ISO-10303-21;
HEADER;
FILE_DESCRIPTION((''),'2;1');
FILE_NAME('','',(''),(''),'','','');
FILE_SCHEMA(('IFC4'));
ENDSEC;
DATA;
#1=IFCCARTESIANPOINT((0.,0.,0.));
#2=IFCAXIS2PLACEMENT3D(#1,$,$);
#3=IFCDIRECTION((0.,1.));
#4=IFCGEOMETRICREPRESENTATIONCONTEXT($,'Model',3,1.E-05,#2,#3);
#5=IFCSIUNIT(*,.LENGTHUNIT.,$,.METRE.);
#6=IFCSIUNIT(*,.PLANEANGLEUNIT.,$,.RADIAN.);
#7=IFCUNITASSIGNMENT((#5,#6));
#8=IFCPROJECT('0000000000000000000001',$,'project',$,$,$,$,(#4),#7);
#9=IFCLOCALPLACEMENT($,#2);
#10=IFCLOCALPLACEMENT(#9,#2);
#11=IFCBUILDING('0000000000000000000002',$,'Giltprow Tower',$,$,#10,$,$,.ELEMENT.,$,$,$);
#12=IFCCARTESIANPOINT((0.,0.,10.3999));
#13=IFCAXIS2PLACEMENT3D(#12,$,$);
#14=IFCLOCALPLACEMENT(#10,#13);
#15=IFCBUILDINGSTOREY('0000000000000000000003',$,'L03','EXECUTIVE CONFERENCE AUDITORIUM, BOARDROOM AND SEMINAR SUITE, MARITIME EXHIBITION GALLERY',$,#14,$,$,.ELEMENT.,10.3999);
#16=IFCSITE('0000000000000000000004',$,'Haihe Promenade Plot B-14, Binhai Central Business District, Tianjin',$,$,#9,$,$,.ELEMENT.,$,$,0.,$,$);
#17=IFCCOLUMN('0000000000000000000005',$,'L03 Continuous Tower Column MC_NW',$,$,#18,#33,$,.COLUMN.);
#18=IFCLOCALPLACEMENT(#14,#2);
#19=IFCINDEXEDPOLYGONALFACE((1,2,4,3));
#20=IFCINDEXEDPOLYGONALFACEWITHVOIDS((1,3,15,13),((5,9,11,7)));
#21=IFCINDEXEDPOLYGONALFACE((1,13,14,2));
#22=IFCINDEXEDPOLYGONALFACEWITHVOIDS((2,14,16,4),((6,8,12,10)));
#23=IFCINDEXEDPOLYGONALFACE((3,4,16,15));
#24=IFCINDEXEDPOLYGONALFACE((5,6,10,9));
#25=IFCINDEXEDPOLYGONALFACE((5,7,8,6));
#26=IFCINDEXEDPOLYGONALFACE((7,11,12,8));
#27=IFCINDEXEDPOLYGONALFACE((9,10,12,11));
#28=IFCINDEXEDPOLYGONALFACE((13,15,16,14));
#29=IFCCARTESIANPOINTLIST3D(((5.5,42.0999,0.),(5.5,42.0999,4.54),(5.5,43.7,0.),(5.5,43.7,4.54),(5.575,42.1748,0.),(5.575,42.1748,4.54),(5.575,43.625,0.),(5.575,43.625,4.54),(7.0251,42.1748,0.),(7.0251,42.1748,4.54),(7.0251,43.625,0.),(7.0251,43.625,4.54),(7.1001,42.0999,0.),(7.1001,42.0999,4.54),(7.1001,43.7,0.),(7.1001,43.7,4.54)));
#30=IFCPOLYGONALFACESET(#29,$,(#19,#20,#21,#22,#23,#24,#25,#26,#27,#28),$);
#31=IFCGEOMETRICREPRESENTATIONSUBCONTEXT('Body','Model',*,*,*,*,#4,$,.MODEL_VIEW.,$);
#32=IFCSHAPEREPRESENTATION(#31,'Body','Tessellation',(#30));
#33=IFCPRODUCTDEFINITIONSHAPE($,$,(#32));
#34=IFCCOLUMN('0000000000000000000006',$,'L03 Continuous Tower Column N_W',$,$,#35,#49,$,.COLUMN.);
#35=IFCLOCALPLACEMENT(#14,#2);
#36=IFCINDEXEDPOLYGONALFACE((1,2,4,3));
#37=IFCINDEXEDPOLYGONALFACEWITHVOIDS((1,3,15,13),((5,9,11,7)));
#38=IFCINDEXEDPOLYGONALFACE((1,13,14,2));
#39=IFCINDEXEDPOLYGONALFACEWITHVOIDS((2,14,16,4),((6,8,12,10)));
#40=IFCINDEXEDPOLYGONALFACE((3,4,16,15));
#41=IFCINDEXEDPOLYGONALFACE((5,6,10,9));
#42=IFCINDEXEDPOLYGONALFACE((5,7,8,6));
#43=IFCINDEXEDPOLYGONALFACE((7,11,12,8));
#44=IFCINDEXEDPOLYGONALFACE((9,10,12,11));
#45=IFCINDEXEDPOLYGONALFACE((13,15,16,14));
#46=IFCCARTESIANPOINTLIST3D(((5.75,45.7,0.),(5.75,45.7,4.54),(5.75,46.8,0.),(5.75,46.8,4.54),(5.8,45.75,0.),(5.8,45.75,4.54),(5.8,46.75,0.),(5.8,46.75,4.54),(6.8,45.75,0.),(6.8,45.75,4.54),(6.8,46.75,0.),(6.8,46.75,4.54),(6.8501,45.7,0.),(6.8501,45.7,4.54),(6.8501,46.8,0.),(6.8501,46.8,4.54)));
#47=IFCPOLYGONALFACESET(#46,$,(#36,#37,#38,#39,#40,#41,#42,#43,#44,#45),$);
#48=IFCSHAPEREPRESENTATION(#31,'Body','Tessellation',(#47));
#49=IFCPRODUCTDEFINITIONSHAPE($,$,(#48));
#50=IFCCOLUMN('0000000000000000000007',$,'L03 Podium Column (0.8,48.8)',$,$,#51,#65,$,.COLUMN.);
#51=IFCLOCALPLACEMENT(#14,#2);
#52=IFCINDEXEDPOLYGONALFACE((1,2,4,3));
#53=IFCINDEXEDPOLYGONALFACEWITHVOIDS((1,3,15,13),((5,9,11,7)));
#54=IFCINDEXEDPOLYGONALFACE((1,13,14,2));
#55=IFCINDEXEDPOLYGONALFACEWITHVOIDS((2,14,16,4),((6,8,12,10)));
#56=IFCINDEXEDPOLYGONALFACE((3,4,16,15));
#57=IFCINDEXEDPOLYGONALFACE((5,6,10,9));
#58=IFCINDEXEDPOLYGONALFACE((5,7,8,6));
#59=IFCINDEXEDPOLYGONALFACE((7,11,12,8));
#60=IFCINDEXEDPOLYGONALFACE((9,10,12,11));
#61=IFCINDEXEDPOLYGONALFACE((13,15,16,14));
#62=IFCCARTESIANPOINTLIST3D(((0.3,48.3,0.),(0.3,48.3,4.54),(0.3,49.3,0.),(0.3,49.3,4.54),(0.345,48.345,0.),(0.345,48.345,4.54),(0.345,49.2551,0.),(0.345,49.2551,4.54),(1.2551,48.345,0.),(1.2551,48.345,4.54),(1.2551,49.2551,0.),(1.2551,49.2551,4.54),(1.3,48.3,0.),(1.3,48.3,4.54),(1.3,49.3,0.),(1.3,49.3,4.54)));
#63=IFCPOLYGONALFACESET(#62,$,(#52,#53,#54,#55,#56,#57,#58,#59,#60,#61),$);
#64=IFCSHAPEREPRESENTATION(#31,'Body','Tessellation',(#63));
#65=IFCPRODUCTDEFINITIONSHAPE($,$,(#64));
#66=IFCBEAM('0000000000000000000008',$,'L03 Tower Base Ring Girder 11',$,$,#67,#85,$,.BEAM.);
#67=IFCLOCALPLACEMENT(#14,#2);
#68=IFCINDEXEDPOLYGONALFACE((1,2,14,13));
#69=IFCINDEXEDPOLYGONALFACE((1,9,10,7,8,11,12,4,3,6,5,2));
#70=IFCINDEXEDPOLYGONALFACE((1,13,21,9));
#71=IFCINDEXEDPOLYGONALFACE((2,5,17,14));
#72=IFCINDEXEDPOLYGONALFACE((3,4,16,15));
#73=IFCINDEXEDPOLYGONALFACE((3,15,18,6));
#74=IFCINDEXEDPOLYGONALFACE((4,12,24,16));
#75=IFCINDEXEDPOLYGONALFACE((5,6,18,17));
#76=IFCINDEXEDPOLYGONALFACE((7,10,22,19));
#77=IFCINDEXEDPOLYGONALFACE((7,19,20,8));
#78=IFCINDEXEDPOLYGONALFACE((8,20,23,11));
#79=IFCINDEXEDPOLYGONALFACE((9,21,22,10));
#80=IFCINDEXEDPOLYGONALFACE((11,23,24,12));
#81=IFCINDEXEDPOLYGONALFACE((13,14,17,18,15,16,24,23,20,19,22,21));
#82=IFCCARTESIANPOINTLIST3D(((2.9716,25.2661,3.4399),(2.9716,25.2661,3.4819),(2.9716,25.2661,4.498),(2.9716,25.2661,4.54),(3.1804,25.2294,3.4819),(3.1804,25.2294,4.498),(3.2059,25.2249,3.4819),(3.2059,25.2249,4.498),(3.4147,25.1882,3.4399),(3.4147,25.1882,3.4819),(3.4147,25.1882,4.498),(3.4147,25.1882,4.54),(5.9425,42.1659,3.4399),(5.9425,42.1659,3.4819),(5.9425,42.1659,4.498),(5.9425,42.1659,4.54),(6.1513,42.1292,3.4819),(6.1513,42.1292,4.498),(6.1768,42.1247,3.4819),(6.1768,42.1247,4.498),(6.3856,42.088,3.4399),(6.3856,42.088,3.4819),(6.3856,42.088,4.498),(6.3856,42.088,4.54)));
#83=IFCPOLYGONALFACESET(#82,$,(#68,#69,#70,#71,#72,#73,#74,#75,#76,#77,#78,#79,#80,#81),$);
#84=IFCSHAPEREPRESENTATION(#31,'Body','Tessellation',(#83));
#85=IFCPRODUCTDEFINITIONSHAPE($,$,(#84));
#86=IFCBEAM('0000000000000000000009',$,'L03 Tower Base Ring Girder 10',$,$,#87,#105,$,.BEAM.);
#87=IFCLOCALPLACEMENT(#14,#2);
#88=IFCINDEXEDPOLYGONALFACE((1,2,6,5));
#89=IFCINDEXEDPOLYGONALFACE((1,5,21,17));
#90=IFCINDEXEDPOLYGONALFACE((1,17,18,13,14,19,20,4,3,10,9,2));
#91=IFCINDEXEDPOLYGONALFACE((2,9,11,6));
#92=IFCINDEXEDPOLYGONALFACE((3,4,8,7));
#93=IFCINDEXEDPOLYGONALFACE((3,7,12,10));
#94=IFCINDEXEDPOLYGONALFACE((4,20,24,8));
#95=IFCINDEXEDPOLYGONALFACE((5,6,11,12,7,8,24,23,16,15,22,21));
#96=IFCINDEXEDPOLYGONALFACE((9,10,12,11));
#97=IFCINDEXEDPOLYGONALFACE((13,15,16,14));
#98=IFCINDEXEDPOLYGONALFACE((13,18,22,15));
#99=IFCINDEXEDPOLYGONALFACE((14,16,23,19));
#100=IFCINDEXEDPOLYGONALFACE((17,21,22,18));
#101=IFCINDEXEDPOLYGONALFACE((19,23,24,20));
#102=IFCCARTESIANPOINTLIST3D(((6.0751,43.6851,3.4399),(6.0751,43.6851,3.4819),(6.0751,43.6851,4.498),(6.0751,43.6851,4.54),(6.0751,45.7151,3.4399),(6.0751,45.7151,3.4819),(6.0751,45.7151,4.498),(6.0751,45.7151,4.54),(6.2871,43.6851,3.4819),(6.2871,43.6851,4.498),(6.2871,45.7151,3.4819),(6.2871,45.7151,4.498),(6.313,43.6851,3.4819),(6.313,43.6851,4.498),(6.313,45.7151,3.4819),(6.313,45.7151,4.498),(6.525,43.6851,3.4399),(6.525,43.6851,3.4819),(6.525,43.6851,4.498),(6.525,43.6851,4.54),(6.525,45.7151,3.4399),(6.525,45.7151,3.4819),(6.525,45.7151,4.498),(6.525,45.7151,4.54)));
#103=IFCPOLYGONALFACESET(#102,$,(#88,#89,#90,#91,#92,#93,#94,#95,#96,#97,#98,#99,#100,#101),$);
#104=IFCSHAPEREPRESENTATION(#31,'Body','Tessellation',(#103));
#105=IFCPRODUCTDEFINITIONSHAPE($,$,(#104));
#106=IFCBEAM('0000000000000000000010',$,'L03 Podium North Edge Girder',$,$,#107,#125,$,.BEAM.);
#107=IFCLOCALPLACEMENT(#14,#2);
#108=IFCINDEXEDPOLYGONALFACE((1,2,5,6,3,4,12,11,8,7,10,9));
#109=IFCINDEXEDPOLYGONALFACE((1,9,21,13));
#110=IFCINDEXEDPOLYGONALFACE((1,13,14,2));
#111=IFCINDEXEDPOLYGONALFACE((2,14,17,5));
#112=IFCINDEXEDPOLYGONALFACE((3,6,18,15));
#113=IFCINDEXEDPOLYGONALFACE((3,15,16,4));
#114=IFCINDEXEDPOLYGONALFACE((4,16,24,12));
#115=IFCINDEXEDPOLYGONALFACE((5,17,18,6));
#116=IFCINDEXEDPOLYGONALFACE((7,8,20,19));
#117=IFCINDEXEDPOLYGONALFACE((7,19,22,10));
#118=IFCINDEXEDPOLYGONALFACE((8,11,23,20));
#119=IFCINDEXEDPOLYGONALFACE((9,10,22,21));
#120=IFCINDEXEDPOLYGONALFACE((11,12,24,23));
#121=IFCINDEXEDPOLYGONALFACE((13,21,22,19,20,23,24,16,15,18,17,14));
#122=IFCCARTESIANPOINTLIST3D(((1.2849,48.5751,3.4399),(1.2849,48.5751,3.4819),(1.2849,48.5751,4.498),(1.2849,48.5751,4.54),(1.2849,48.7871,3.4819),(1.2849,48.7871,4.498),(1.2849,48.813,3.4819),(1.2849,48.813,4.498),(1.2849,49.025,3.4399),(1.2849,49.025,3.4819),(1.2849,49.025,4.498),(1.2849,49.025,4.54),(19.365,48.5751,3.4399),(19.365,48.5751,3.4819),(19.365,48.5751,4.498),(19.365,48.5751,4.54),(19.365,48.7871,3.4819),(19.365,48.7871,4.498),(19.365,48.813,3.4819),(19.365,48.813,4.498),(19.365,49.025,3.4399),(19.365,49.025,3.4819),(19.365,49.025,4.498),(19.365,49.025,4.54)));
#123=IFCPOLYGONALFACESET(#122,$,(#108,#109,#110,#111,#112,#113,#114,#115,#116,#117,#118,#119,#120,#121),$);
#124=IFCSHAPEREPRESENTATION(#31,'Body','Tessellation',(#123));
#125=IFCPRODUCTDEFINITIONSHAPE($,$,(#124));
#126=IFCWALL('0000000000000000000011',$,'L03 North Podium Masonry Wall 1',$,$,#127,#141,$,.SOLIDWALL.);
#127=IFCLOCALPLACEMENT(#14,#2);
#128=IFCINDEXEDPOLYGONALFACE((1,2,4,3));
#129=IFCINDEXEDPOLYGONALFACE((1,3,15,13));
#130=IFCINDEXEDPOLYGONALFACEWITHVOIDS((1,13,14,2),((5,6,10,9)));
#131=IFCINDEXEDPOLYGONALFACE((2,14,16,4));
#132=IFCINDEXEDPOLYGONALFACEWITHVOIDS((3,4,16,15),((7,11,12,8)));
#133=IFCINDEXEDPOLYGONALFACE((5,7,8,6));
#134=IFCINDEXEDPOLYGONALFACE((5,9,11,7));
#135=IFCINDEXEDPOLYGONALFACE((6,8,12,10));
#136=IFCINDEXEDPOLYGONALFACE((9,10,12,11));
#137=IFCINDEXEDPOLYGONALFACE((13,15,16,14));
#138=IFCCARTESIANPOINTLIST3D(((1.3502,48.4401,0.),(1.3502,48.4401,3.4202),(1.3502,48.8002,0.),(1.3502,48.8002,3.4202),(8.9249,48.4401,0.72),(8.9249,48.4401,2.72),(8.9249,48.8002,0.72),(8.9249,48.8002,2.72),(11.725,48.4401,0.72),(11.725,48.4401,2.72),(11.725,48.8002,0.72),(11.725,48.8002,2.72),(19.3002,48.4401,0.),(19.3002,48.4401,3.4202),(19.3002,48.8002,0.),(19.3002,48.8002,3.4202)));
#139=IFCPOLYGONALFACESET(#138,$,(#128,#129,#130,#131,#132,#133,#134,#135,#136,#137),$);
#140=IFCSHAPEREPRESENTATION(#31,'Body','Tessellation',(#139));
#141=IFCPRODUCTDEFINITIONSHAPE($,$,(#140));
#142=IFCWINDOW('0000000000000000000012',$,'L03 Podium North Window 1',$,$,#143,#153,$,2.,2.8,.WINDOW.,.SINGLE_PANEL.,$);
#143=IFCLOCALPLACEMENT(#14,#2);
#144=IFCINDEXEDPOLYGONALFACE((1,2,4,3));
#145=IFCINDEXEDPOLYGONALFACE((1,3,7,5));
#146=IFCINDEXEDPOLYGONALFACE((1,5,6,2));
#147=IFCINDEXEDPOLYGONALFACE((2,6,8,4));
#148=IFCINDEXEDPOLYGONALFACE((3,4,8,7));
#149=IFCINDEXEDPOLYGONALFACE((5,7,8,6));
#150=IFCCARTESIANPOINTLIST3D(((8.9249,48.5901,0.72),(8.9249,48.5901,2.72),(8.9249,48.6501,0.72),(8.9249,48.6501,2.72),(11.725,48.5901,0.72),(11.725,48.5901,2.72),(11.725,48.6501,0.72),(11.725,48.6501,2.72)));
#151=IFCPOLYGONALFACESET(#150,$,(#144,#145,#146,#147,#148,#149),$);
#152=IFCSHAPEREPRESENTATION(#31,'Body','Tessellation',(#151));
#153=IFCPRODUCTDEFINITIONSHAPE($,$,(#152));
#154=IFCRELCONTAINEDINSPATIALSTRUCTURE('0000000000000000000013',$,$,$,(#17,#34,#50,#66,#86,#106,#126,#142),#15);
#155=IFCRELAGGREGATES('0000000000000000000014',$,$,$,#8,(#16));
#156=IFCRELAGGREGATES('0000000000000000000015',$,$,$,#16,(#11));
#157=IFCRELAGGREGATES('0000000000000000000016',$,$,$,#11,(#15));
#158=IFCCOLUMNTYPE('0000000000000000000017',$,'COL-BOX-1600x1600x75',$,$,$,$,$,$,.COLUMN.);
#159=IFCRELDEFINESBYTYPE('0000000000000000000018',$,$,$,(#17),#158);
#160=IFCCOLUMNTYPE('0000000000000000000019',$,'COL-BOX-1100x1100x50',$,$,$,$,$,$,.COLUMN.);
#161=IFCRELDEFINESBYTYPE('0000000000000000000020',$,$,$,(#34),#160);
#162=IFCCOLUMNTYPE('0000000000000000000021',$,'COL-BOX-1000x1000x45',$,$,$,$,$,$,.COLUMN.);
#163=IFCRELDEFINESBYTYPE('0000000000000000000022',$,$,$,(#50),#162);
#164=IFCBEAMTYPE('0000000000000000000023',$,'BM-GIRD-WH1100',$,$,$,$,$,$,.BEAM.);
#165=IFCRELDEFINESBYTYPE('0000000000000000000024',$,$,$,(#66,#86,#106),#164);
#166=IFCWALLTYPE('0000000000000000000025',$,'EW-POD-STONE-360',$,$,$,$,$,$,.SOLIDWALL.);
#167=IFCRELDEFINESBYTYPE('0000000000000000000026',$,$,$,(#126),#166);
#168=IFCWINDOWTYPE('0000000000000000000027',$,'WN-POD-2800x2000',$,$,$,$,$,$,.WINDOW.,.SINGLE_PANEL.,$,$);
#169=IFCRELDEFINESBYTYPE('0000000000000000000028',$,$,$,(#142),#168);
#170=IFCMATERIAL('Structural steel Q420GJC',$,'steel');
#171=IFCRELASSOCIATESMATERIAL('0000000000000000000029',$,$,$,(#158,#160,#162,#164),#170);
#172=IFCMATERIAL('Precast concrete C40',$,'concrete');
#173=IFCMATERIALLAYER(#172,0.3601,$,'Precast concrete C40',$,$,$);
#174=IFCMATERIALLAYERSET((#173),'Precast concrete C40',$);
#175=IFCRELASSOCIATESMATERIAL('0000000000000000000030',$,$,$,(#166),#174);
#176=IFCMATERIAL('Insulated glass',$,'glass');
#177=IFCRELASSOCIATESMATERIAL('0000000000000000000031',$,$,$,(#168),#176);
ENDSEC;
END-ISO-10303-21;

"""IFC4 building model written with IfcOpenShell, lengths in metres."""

from ifc_helpers import new_model, si_unit, direction, frame, frame_2d, origin, origin_2d, place, context, subcontext, project, spatial, rectangle, hollow_rectangle, i_section, extrude, source, transform, mapped, material, layer, layer_set, material_profile, profile_set, type_object, element, fill, save


model = new_model("IFC4")

# Units and contexts
model_context = context("Model", 3, precision=1e-05, world=origin(), true_north=direction((0.0, 1.0)))
body_context = subcontext(model_context, "Body", "Model", "MODEL_VIEW")
ifc_project = project(units=[si_unit("LENGTHUNIT", "METRE"), si_unit("PLANEANGLEUNIT", "RADIAN")], contexts=[model_context])

# Site, building, storey
site_placement = place(None, origin())
site = spatial("IfcSite", under=ifc_project, at=site_placement, Name="Haihe Promenade Plot B-14, Binhai Central Business District, Tianjin", CompositionType="ELEMENT", RefElevation=0.0)
building_placement = place(site_placement, origin())
building = spatial("IfcBuilding", under=site, at=building_placement, Name="Giltprow Tower", CompositionType="ELEMENT")
storey_placement = place(building_placement, frame((0.0, 0.0, 10.3999)))
storey = spatial("IfcBuildingStorey", under=building, at=storey_placement, Name="L03", Description="EXECUTIVE CONFERENCE AUDITORIUM, BOARDROOM AND SEMINAR SUITE, MARITIME EXHIBITION GALLERY", CompositionType="ELEMENT", Elevation=10.3999)

# Columns
ifc_material_1 = material(Name="Structural steel Q420GJC", Category="steel")
ifc_material_profile_1 = material_profile(ifc_material_1, hollow_rectangle(XDim=1.6001, YDim=1.6001, WallThickness=0.075, at=origin_2d()), Name="BOX 1600x1600x75")
ifc_profile_set_1 = profile_set([ifc_material_profile_1], Name="Structural steel Q420GJC")
column_type_1 = type_object("IfcColumnType", Name="COL-BOX-1600x1600x75", PredefinedType="COLUMN", material=ifc_profile_set_1)
shared_shape_1 = source(origin(), body_context, "Body", "SweptSolid", [
    extrude(hollow_rectangle(XDim=1.6001, YDim=1.6001, WallThickness=0.075, at=origin_2d()), origin(), (0.0, 0.0, 1.0), 4.54),
])
column_1_placement = place(storey_placement, frame((6.3, 42.8999, 0.0), z_axis=(0.0, 0.0, 1.0), x_axis=(1.0, 0.0, 0.0)))
element("IfcColumn", 1, at=column_1_placement, inside=storey, type_object=column_type_1, Name="L03 Continuous Tower Column MC_NW", PredefinedType="COLUMN", context=body_context, shape_type="MappedRepresentation", body=[
    mapped(shared_shape_1, transform((0.0, 0.0, 0.0), x_axis=(1.0, 0.0, 0.0), y_axis=(0.0, 1.0, 0.0), z_axis=(0.0, 0.0, 1.0), scale=1.0)),
])
ifc_material_profile_2 = material_profile(ifc_material_1, hollow_rectangle(XDim=1.1001, YDim=1.1001, WallThickness=0.05, at=origin_2d()), Name="BOX 1100x1100x50")
ifc_profile_set_2 = profile_set([ifc_material_profile_2], Name="Structural steel Q420GJC")
column_type_2 = type_object("IfcColumnType", Name="COL-BOX-1100x1100x50", PredefinedType="COLUMN", material=ifc_profile_set_2)
shared_shape_2 = source(origin(), body_context, "Body", "SweptSolid", [
    extrude(hollow_rectangle(XDim=1.1001, YDim=1.1001, WallThickness=0.05, at=origin_2d()), origin(), (0.0, 0.0, 1.0), 4.54),
])
column_2_placement = place(storey_placement, frame((6.3, 46.25, 0.0), z_axis=(0.0, 0.0, 1.0), x_axis=(1.0, 0.0, 0.0)))
element("IfcColumn", 2, at=column_2_placement, inside=storey, type_object=column_type_2, Name="L03 Continuous Tower Column N_W", PredefinedType="COLUMN", context=body_context, shape_type="MappedRepresentation", body=[
    mapped(shared_shape_2, transform((0.0, 0.0, 0.0), x_axis=(1.0, 0.0, 0.0), y_axis=(0.0, 1.0, 0.0), z_axis=(0.0, 0.0, 1.0), scale=1.0)),
])
ifc_material_profile_3 = material_profile(ifc_material_1, hollow_rectangle(XDim=1.0, YDim=1.0, WallThickness=0.0449, at=origin_2d()), Name="BOX 1000x1000x45")
ifc_profile_set_3 = profile_set([ifc_material_profile_3], Name="Structural steel Q420GJC")
column_type_3 = type_object("IfcColumnType", Name="COL-BOX-1000x1000x45", PredefinedType="COLUMN", material=ifc_profile_set_3)
shared_shape_3 = source(origin(), body_context, "Body", "SweptSolid", [
    extrude(hollow_rectangle(XDim=1.0, YDim=1.0, WallThickness=0.0449, at=origin_2d()), origin(), (0.0, 0.0, 1.0), 4.54),
])
column_3_placement = place(storey_placement, frame((0.8, 48.8, 0.0), z_axis=(0.0, 0.0, 1.0), x_axis=(1.0, 0.0, 0.0)))
element("IfcColumn", 3, at=column_3_placement, inside=storey, type_object=column_type_3, Name="L03 Podium Column (0.8,48.8)", PredefinedType="COLUMN", context=body_context, shape_type="MappedRepresentation", body=[
    mapped(shared_shape_3, transform((0.0, 0.0, 0.0), x_axis=(1.0, 0.0, 0.0), y_axis=(0.0, 1.0, 0.0), z_axis=(0.0, 0.0, 1.0), scale=1.0)),
])

# Beams
ifc_material_profile_4 = material_profile(ifc_material_1, i_section(OverallWidth=0.45, OverallDepth=1.1001, WebThickness=0.0259, FlangeThickness=0.042, at=origin_2d()), Name="WH 1100x450x26x42")
ifc_profile_set_4 = profile_set([ifc_material_profile_4], Name="Structural steel Q420GJC")
beam_type = type_object("IfcBeamType", Name="BM-GIRD-WH1100", PredefinedType="BEAM", material=ifc_profile_set_4)
shared_shape_4 = source(origin(), body_context, "Body", "SweptSolid", [
    extrude(i_section(OverallWidth=0.45, OverallDepth=1.1001, WebThickness=0.0259, FlangeThickness=0.042, at=origin_2d()), origin(), (0.0, 0.0, 1.0), 17.1589),
])
beam_1_placement = place(storey_placement, frame((6.1641, 42.127, 3.99), z_axis=(-0.173142, -0.984897, 0.0), x_axis=(0.984897, -0.173142, 0.0)))
element("IfcBeam", 4, at=beam_1_placement, inside=storey, type_object=beam_type, Name="L03 Tower Base Ring Girder 11", PredefinedType="BEAM", context=body_context, shape_type="MappedRepresentation", body=[
    mapped(shared_shape_4, transform((0.0, 0.0, 0.0), x_axis=(1.0, 0.0, 0.0), y_axis=(0.0, 1.0, 0.0), z_axis=(0.0, 0.0, 1.0), scale=1.0)),
])
shared_shape_5 = source(origin(), body_context, "Body", "SweptSolid", [
    extrude(i_section(OverallWidth=0.45, OverallDepth=1.1001, WebThickness=0.0259, FlangeThickness=0.042, at=origin_2d()), origin(), (0.0, 0.0, 1.0), 2.03),
])
beam_2_placement = place(storey_placement, frame((6.3, 45.7151, 3.99), z_axis=(0.0, -1.0, 0.0), x_axis=(1.0, 0.0, 0.0)))
element("IfcBeam", 5, at=beam_2_placement, inside=storey, type_object=beam_type, Name="L03 Tower Base Ring Girder 10", PredefinedType="BEAM", context=body_context, shape_type="MappedRepresentation", body=[
    mapped(shared_shape_5, transform((0.0, 0.0, 0.0), x_axis=(1.0, 0.0, 0.0), y_axis=(0.0, 1.0, 0.0), z_axis=(0.0, 0.0, 1.0), scale=1.0)),
])
shared_shape_6 = source(origin(), body_context, "Body", "SweptSolid", [
    extrude(i_section(OverallWidth=0.45, OverallDepth=1.1001, WebThickness=0.0259, FlangeThickness=0.042, at=origin_2d()), origin(), (0.0, 0.0, 1.0), 18.0801),
])
beam_3_placement = place(storey_placement, frame((1.2849, 48.8, 3.99), z_axis=(1.0, 0.0, 0.0), x_axis=(0.0, 1.0, 0.0)))
element("IfcBeam", 6, at=beam_3_placement, inside=storey, type_object=beam_type, Name="L03 Podium North Edge Girder", PredefinedType="BEAM", context=body_context, shape_type="MappedRepresentation", body=[
    mapped(shared_shape_6, transform((0.0, 0.0, 0.0), x_axis=(1.0, 0.0, 0.0), y_axis=(0.0, 1.0, 0.0), z_axis=(0.0, 0.0, 1.0), scale=1.0)),
])

# Wall, opening, window
ifc_material_2 = material(Name="Precast concrete C40", Category="concrete")
ifc_layer_1 = layer(ifc_material_2, 0.3601, Name="Precast concrete C40")
ifc_layer_set_1 = layer_set([ifc_layer_1], Name="Precast concrete C40")
wall_type_1 = type_object("IfcWallType", Name="EW-POD-STONE-360", PredefinedType="SOLIDWALL", material=ifc_layer_set_1)
wall_1_placement = place(storey_placement, frame((1.3501, 48.6201, 0.0), z_axis=(0.0, 0.0, 1.0), x_axis=(1.0, 0.0, 0.0)))
wall_1 = element("IfcWall", 7, at=wall_1_placement, inside=storey, type_object=wall_type_1, Name="L03 North Podium Masonry Wall 1", PredefinedType="SOLIDWALL", context=body_context, shape_type="SweptSolid", body=[
    extrude(rectangle(XDim=17.95, YDim=0.3601, at=frame_2d((8.9751, 0.0))), origin(), (0.0, 0.0, 1.0), 3.4202),
])
opening_1_placement = place(wall_1_placement, frame((7.575, 0.0, 0.72)))
opening_1 = element("IfcOpeningElement", 8, at=opening_1_placement, cuts=wall_1, PredefinedType="OPENING", context=body_context, shape_type="SweptSolid", body=[
    extrude(rectangle(XDim=2.8, YDim=2.0, at=frame_2d((1.3999, 1.0))), frame((0.0, 0.1899, 0.0), z_axis=(0.0, -1.0, 0.0), x_axis=(1.0, 0.0, 0.0)), (0.0, 0.0, 1.0), 0.3801),
])
ifc_material_3 = material(Name="Insulated glass", Category="glass")
window_type = type_object("IfcWindowType", Name="WN-POD-2800x2000", PartitioningType="SINGLE_PANEL", PredefinedType="WINDOW", material=ifc_material_3)
shared_shape_7 = source(origin(), body_context, "Body", "SweptSolid", [
    extrude(rectangle(XDim=2.8, YDim=2.0, at=frame_2d((1.3999, 1.0))), frame((0.0, 0.03, 0.0), z_axis=(0.0, -1.0, 0.0), x_axis=(1.0, 0.0, 0.0)), (0.0, 0.0, 1.0), 0.0601),
])
window_placement = place(opening_1_placement, origin())
window = element("IfcWindow", 9, at=window_placement, inside=storey, type_object=window_type, Name="L03 Podium North Window 1", OverallHeight=2.0, OverallWidth=2.8, PartitioningType="SINGLE_PANEL", PredefinedType="WINDOW", context=body_context, shape_type="MappedRepresentation", body=[
    mapped(shared_shape_7, transform((0.0, 0.0, 0.0), x_axis=(1.0, 0.0, 0.0), y_axis=(0.0, 1.0, 0.0), z_axis=(0.0, 0.0, 1.0), scale=1.0)),
])
fill(opening_1, window)

save(model, "model.ifc")
